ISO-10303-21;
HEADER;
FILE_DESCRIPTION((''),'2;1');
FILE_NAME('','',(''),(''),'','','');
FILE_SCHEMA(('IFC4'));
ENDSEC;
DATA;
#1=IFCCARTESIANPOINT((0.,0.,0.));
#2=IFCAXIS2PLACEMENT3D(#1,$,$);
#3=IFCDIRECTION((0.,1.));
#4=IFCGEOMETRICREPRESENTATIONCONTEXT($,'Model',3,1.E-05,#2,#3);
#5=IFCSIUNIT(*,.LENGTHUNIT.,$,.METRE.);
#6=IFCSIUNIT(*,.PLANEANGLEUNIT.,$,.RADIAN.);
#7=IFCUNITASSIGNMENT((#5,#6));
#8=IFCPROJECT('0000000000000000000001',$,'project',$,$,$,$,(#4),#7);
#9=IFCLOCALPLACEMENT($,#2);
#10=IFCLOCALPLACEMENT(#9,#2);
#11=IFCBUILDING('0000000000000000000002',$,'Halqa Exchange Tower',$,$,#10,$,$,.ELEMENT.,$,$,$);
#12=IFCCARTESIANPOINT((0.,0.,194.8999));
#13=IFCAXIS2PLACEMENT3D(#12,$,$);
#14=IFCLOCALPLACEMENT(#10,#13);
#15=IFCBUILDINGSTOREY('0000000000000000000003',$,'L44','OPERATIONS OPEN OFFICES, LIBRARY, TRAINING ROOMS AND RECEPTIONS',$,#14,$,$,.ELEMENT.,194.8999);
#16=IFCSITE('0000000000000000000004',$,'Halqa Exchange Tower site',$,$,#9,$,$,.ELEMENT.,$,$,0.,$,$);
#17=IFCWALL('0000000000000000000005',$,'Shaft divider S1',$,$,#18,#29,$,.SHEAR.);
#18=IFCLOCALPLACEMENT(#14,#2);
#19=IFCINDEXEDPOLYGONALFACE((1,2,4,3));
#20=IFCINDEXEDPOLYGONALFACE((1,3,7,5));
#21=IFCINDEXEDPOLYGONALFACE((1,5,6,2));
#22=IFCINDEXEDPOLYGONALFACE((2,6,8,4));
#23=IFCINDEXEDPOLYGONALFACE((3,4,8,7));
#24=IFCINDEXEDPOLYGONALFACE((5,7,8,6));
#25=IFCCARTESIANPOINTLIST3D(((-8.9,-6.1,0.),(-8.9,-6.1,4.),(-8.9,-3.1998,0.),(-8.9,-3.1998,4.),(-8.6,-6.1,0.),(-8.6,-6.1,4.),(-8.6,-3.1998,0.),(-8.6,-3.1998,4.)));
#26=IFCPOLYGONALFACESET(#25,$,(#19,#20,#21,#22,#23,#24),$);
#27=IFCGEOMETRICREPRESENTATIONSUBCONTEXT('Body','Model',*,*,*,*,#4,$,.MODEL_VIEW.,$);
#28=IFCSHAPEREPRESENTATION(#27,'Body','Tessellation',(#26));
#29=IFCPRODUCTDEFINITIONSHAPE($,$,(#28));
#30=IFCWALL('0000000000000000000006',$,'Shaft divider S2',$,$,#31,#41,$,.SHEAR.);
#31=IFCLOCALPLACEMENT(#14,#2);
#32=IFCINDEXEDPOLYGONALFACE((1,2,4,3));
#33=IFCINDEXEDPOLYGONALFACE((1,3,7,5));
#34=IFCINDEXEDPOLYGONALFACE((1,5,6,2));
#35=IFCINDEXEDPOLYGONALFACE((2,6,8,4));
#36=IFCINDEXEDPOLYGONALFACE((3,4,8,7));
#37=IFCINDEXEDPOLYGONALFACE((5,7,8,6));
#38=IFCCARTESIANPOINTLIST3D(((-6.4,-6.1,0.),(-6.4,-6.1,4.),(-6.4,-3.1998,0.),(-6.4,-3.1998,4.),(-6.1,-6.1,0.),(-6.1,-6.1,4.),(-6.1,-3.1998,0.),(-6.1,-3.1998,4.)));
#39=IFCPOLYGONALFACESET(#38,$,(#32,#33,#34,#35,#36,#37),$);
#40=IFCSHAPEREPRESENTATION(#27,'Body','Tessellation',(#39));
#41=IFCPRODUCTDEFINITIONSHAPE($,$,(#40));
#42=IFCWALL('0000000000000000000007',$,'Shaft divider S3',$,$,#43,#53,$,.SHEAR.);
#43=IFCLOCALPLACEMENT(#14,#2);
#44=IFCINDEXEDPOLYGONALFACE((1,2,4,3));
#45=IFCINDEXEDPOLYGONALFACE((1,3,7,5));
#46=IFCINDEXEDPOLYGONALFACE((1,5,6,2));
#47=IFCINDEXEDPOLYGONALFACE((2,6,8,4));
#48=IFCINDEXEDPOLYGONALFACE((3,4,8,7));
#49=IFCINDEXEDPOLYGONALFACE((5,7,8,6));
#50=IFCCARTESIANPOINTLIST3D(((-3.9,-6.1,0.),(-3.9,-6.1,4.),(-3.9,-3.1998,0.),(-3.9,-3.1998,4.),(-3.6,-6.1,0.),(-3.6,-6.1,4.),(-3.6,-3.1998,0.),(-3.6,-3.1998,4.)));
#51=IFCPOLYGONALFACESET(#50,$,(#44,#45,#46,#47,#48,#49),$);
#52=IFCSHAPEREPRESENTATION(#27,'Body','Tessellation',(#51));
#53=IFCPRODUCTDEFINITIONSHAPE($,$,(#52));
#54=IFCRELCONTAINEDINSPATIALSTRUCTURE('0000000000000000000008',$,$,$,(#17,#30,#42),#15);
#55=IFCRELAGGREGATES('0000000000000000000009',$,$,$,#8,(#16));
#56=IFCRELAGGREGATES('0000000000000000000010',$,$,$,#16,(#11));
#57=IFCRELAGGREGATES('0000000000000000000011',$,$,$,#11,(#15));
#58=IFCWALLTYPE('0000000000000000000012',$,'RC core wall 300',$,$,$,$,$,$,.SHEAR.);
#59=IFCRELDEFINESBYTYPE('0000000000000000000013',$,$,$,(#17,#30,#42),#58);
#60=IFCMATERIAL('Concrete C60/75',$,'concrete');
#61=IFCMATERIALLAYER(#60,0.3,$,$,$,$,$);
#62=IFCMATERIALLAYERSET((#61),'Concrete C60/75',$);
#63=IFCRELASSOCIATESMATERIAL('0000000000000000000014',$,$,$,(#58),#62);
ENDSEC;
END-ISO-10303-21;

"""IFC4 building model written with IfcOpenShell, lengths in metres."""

from ifc_helpers import new_model, si_unit, direction, frame, frame_2d, origin, place, context, subcontext, project, spatial, rectangle, extrude, material, layer, layer_set, type_object, element, save


model = new_model("IFC4")

# Units and contexts
model_context = context("Model", 3, precision=1e-05, world=origin(), true_north=direction((0.0, 1.0)))
body_context = subcontext(model_context, "Body", "Model", "MODEL_VIEW")
ifc_project = project(units=[si_unit("LENGTHUNIT", "METRE"), si_unit("PLANEANGLEUNIT", "RADIAN")], contexts=[model_context])

# Site, building, storey
site_placement = place(None, origin())
site = spatial("IfcSite", under=ifc_project, at=site_placement, Name="Halqa Exchange Tower site", CompositionType="ELEMENT", RefElevation=0.0)
building_placement = place(site_placement, origin())
building = spatial("IfcBuilding", under=site, at=building_placement, Name="Halqa Exchange Tower", CompositionType="ELEMENT")
storey_placement = place(building_placement, frame((0.0, 0.0, 194.8999)))
storey = spatial("IfcBuildingStorey", under=building, at=storey_placement, Name="L44", Description="OPERATIONS OPEN OFFICES, LIBRARY, TRAINING ROOMS AND RECEPTIONS", CompositionType="ELEMENT", Elevation=194.8999)

# Walls
ifc_material_1 = material(Name="Concrete C60/75", Category="concrete")
ifc_layer_1 = layer(ifc_material_1, 0.3)
ifc_layer_set_1 = layer_set([ifc_layer_1], Name="Concrete C60/75")
wall_type_1 = type_object("IfcWallType", Name="RC core wall 300", PredefinedType="SHEAR", material=ifc_layer_set_1)
for number, where, z_axis, x_axis, name in (
    (1, (-8.75, -6.1001, 0.0), (0.0, 0.0, 1.0), (0.0, 1.0, 0.0), "Shaft divider S1"),
    (2, (-6.25, -6.1001, 0.0), (0.0, 0.0, 1.0), (0.0, 1.0, 0.0), "Shaft divider S2"),
    (3, (-3.75, -6.1001, 0.0), (0.0, 0.0, 1.0), (0.0, 1.0, 0.0), "Shaft divider S3"),
):
    element("IfcWall", number, at=place(storey_placement, frame(where, z_axis=z_axis, x_axis=x_axis)), inside=storey, type_object=wall_type_1, Name=name, PredefinedType="SHEAR", context=body_context, shape_type="SweptSolid", body=[
        extrude(rectangle(XDim=2.9001, YDim=0.3, at=frame_2d((1.4502, 0.0))), origin(), (0.0, 0.0, 1.0), 4.0),
    ])

save(model, "model.ifc")
